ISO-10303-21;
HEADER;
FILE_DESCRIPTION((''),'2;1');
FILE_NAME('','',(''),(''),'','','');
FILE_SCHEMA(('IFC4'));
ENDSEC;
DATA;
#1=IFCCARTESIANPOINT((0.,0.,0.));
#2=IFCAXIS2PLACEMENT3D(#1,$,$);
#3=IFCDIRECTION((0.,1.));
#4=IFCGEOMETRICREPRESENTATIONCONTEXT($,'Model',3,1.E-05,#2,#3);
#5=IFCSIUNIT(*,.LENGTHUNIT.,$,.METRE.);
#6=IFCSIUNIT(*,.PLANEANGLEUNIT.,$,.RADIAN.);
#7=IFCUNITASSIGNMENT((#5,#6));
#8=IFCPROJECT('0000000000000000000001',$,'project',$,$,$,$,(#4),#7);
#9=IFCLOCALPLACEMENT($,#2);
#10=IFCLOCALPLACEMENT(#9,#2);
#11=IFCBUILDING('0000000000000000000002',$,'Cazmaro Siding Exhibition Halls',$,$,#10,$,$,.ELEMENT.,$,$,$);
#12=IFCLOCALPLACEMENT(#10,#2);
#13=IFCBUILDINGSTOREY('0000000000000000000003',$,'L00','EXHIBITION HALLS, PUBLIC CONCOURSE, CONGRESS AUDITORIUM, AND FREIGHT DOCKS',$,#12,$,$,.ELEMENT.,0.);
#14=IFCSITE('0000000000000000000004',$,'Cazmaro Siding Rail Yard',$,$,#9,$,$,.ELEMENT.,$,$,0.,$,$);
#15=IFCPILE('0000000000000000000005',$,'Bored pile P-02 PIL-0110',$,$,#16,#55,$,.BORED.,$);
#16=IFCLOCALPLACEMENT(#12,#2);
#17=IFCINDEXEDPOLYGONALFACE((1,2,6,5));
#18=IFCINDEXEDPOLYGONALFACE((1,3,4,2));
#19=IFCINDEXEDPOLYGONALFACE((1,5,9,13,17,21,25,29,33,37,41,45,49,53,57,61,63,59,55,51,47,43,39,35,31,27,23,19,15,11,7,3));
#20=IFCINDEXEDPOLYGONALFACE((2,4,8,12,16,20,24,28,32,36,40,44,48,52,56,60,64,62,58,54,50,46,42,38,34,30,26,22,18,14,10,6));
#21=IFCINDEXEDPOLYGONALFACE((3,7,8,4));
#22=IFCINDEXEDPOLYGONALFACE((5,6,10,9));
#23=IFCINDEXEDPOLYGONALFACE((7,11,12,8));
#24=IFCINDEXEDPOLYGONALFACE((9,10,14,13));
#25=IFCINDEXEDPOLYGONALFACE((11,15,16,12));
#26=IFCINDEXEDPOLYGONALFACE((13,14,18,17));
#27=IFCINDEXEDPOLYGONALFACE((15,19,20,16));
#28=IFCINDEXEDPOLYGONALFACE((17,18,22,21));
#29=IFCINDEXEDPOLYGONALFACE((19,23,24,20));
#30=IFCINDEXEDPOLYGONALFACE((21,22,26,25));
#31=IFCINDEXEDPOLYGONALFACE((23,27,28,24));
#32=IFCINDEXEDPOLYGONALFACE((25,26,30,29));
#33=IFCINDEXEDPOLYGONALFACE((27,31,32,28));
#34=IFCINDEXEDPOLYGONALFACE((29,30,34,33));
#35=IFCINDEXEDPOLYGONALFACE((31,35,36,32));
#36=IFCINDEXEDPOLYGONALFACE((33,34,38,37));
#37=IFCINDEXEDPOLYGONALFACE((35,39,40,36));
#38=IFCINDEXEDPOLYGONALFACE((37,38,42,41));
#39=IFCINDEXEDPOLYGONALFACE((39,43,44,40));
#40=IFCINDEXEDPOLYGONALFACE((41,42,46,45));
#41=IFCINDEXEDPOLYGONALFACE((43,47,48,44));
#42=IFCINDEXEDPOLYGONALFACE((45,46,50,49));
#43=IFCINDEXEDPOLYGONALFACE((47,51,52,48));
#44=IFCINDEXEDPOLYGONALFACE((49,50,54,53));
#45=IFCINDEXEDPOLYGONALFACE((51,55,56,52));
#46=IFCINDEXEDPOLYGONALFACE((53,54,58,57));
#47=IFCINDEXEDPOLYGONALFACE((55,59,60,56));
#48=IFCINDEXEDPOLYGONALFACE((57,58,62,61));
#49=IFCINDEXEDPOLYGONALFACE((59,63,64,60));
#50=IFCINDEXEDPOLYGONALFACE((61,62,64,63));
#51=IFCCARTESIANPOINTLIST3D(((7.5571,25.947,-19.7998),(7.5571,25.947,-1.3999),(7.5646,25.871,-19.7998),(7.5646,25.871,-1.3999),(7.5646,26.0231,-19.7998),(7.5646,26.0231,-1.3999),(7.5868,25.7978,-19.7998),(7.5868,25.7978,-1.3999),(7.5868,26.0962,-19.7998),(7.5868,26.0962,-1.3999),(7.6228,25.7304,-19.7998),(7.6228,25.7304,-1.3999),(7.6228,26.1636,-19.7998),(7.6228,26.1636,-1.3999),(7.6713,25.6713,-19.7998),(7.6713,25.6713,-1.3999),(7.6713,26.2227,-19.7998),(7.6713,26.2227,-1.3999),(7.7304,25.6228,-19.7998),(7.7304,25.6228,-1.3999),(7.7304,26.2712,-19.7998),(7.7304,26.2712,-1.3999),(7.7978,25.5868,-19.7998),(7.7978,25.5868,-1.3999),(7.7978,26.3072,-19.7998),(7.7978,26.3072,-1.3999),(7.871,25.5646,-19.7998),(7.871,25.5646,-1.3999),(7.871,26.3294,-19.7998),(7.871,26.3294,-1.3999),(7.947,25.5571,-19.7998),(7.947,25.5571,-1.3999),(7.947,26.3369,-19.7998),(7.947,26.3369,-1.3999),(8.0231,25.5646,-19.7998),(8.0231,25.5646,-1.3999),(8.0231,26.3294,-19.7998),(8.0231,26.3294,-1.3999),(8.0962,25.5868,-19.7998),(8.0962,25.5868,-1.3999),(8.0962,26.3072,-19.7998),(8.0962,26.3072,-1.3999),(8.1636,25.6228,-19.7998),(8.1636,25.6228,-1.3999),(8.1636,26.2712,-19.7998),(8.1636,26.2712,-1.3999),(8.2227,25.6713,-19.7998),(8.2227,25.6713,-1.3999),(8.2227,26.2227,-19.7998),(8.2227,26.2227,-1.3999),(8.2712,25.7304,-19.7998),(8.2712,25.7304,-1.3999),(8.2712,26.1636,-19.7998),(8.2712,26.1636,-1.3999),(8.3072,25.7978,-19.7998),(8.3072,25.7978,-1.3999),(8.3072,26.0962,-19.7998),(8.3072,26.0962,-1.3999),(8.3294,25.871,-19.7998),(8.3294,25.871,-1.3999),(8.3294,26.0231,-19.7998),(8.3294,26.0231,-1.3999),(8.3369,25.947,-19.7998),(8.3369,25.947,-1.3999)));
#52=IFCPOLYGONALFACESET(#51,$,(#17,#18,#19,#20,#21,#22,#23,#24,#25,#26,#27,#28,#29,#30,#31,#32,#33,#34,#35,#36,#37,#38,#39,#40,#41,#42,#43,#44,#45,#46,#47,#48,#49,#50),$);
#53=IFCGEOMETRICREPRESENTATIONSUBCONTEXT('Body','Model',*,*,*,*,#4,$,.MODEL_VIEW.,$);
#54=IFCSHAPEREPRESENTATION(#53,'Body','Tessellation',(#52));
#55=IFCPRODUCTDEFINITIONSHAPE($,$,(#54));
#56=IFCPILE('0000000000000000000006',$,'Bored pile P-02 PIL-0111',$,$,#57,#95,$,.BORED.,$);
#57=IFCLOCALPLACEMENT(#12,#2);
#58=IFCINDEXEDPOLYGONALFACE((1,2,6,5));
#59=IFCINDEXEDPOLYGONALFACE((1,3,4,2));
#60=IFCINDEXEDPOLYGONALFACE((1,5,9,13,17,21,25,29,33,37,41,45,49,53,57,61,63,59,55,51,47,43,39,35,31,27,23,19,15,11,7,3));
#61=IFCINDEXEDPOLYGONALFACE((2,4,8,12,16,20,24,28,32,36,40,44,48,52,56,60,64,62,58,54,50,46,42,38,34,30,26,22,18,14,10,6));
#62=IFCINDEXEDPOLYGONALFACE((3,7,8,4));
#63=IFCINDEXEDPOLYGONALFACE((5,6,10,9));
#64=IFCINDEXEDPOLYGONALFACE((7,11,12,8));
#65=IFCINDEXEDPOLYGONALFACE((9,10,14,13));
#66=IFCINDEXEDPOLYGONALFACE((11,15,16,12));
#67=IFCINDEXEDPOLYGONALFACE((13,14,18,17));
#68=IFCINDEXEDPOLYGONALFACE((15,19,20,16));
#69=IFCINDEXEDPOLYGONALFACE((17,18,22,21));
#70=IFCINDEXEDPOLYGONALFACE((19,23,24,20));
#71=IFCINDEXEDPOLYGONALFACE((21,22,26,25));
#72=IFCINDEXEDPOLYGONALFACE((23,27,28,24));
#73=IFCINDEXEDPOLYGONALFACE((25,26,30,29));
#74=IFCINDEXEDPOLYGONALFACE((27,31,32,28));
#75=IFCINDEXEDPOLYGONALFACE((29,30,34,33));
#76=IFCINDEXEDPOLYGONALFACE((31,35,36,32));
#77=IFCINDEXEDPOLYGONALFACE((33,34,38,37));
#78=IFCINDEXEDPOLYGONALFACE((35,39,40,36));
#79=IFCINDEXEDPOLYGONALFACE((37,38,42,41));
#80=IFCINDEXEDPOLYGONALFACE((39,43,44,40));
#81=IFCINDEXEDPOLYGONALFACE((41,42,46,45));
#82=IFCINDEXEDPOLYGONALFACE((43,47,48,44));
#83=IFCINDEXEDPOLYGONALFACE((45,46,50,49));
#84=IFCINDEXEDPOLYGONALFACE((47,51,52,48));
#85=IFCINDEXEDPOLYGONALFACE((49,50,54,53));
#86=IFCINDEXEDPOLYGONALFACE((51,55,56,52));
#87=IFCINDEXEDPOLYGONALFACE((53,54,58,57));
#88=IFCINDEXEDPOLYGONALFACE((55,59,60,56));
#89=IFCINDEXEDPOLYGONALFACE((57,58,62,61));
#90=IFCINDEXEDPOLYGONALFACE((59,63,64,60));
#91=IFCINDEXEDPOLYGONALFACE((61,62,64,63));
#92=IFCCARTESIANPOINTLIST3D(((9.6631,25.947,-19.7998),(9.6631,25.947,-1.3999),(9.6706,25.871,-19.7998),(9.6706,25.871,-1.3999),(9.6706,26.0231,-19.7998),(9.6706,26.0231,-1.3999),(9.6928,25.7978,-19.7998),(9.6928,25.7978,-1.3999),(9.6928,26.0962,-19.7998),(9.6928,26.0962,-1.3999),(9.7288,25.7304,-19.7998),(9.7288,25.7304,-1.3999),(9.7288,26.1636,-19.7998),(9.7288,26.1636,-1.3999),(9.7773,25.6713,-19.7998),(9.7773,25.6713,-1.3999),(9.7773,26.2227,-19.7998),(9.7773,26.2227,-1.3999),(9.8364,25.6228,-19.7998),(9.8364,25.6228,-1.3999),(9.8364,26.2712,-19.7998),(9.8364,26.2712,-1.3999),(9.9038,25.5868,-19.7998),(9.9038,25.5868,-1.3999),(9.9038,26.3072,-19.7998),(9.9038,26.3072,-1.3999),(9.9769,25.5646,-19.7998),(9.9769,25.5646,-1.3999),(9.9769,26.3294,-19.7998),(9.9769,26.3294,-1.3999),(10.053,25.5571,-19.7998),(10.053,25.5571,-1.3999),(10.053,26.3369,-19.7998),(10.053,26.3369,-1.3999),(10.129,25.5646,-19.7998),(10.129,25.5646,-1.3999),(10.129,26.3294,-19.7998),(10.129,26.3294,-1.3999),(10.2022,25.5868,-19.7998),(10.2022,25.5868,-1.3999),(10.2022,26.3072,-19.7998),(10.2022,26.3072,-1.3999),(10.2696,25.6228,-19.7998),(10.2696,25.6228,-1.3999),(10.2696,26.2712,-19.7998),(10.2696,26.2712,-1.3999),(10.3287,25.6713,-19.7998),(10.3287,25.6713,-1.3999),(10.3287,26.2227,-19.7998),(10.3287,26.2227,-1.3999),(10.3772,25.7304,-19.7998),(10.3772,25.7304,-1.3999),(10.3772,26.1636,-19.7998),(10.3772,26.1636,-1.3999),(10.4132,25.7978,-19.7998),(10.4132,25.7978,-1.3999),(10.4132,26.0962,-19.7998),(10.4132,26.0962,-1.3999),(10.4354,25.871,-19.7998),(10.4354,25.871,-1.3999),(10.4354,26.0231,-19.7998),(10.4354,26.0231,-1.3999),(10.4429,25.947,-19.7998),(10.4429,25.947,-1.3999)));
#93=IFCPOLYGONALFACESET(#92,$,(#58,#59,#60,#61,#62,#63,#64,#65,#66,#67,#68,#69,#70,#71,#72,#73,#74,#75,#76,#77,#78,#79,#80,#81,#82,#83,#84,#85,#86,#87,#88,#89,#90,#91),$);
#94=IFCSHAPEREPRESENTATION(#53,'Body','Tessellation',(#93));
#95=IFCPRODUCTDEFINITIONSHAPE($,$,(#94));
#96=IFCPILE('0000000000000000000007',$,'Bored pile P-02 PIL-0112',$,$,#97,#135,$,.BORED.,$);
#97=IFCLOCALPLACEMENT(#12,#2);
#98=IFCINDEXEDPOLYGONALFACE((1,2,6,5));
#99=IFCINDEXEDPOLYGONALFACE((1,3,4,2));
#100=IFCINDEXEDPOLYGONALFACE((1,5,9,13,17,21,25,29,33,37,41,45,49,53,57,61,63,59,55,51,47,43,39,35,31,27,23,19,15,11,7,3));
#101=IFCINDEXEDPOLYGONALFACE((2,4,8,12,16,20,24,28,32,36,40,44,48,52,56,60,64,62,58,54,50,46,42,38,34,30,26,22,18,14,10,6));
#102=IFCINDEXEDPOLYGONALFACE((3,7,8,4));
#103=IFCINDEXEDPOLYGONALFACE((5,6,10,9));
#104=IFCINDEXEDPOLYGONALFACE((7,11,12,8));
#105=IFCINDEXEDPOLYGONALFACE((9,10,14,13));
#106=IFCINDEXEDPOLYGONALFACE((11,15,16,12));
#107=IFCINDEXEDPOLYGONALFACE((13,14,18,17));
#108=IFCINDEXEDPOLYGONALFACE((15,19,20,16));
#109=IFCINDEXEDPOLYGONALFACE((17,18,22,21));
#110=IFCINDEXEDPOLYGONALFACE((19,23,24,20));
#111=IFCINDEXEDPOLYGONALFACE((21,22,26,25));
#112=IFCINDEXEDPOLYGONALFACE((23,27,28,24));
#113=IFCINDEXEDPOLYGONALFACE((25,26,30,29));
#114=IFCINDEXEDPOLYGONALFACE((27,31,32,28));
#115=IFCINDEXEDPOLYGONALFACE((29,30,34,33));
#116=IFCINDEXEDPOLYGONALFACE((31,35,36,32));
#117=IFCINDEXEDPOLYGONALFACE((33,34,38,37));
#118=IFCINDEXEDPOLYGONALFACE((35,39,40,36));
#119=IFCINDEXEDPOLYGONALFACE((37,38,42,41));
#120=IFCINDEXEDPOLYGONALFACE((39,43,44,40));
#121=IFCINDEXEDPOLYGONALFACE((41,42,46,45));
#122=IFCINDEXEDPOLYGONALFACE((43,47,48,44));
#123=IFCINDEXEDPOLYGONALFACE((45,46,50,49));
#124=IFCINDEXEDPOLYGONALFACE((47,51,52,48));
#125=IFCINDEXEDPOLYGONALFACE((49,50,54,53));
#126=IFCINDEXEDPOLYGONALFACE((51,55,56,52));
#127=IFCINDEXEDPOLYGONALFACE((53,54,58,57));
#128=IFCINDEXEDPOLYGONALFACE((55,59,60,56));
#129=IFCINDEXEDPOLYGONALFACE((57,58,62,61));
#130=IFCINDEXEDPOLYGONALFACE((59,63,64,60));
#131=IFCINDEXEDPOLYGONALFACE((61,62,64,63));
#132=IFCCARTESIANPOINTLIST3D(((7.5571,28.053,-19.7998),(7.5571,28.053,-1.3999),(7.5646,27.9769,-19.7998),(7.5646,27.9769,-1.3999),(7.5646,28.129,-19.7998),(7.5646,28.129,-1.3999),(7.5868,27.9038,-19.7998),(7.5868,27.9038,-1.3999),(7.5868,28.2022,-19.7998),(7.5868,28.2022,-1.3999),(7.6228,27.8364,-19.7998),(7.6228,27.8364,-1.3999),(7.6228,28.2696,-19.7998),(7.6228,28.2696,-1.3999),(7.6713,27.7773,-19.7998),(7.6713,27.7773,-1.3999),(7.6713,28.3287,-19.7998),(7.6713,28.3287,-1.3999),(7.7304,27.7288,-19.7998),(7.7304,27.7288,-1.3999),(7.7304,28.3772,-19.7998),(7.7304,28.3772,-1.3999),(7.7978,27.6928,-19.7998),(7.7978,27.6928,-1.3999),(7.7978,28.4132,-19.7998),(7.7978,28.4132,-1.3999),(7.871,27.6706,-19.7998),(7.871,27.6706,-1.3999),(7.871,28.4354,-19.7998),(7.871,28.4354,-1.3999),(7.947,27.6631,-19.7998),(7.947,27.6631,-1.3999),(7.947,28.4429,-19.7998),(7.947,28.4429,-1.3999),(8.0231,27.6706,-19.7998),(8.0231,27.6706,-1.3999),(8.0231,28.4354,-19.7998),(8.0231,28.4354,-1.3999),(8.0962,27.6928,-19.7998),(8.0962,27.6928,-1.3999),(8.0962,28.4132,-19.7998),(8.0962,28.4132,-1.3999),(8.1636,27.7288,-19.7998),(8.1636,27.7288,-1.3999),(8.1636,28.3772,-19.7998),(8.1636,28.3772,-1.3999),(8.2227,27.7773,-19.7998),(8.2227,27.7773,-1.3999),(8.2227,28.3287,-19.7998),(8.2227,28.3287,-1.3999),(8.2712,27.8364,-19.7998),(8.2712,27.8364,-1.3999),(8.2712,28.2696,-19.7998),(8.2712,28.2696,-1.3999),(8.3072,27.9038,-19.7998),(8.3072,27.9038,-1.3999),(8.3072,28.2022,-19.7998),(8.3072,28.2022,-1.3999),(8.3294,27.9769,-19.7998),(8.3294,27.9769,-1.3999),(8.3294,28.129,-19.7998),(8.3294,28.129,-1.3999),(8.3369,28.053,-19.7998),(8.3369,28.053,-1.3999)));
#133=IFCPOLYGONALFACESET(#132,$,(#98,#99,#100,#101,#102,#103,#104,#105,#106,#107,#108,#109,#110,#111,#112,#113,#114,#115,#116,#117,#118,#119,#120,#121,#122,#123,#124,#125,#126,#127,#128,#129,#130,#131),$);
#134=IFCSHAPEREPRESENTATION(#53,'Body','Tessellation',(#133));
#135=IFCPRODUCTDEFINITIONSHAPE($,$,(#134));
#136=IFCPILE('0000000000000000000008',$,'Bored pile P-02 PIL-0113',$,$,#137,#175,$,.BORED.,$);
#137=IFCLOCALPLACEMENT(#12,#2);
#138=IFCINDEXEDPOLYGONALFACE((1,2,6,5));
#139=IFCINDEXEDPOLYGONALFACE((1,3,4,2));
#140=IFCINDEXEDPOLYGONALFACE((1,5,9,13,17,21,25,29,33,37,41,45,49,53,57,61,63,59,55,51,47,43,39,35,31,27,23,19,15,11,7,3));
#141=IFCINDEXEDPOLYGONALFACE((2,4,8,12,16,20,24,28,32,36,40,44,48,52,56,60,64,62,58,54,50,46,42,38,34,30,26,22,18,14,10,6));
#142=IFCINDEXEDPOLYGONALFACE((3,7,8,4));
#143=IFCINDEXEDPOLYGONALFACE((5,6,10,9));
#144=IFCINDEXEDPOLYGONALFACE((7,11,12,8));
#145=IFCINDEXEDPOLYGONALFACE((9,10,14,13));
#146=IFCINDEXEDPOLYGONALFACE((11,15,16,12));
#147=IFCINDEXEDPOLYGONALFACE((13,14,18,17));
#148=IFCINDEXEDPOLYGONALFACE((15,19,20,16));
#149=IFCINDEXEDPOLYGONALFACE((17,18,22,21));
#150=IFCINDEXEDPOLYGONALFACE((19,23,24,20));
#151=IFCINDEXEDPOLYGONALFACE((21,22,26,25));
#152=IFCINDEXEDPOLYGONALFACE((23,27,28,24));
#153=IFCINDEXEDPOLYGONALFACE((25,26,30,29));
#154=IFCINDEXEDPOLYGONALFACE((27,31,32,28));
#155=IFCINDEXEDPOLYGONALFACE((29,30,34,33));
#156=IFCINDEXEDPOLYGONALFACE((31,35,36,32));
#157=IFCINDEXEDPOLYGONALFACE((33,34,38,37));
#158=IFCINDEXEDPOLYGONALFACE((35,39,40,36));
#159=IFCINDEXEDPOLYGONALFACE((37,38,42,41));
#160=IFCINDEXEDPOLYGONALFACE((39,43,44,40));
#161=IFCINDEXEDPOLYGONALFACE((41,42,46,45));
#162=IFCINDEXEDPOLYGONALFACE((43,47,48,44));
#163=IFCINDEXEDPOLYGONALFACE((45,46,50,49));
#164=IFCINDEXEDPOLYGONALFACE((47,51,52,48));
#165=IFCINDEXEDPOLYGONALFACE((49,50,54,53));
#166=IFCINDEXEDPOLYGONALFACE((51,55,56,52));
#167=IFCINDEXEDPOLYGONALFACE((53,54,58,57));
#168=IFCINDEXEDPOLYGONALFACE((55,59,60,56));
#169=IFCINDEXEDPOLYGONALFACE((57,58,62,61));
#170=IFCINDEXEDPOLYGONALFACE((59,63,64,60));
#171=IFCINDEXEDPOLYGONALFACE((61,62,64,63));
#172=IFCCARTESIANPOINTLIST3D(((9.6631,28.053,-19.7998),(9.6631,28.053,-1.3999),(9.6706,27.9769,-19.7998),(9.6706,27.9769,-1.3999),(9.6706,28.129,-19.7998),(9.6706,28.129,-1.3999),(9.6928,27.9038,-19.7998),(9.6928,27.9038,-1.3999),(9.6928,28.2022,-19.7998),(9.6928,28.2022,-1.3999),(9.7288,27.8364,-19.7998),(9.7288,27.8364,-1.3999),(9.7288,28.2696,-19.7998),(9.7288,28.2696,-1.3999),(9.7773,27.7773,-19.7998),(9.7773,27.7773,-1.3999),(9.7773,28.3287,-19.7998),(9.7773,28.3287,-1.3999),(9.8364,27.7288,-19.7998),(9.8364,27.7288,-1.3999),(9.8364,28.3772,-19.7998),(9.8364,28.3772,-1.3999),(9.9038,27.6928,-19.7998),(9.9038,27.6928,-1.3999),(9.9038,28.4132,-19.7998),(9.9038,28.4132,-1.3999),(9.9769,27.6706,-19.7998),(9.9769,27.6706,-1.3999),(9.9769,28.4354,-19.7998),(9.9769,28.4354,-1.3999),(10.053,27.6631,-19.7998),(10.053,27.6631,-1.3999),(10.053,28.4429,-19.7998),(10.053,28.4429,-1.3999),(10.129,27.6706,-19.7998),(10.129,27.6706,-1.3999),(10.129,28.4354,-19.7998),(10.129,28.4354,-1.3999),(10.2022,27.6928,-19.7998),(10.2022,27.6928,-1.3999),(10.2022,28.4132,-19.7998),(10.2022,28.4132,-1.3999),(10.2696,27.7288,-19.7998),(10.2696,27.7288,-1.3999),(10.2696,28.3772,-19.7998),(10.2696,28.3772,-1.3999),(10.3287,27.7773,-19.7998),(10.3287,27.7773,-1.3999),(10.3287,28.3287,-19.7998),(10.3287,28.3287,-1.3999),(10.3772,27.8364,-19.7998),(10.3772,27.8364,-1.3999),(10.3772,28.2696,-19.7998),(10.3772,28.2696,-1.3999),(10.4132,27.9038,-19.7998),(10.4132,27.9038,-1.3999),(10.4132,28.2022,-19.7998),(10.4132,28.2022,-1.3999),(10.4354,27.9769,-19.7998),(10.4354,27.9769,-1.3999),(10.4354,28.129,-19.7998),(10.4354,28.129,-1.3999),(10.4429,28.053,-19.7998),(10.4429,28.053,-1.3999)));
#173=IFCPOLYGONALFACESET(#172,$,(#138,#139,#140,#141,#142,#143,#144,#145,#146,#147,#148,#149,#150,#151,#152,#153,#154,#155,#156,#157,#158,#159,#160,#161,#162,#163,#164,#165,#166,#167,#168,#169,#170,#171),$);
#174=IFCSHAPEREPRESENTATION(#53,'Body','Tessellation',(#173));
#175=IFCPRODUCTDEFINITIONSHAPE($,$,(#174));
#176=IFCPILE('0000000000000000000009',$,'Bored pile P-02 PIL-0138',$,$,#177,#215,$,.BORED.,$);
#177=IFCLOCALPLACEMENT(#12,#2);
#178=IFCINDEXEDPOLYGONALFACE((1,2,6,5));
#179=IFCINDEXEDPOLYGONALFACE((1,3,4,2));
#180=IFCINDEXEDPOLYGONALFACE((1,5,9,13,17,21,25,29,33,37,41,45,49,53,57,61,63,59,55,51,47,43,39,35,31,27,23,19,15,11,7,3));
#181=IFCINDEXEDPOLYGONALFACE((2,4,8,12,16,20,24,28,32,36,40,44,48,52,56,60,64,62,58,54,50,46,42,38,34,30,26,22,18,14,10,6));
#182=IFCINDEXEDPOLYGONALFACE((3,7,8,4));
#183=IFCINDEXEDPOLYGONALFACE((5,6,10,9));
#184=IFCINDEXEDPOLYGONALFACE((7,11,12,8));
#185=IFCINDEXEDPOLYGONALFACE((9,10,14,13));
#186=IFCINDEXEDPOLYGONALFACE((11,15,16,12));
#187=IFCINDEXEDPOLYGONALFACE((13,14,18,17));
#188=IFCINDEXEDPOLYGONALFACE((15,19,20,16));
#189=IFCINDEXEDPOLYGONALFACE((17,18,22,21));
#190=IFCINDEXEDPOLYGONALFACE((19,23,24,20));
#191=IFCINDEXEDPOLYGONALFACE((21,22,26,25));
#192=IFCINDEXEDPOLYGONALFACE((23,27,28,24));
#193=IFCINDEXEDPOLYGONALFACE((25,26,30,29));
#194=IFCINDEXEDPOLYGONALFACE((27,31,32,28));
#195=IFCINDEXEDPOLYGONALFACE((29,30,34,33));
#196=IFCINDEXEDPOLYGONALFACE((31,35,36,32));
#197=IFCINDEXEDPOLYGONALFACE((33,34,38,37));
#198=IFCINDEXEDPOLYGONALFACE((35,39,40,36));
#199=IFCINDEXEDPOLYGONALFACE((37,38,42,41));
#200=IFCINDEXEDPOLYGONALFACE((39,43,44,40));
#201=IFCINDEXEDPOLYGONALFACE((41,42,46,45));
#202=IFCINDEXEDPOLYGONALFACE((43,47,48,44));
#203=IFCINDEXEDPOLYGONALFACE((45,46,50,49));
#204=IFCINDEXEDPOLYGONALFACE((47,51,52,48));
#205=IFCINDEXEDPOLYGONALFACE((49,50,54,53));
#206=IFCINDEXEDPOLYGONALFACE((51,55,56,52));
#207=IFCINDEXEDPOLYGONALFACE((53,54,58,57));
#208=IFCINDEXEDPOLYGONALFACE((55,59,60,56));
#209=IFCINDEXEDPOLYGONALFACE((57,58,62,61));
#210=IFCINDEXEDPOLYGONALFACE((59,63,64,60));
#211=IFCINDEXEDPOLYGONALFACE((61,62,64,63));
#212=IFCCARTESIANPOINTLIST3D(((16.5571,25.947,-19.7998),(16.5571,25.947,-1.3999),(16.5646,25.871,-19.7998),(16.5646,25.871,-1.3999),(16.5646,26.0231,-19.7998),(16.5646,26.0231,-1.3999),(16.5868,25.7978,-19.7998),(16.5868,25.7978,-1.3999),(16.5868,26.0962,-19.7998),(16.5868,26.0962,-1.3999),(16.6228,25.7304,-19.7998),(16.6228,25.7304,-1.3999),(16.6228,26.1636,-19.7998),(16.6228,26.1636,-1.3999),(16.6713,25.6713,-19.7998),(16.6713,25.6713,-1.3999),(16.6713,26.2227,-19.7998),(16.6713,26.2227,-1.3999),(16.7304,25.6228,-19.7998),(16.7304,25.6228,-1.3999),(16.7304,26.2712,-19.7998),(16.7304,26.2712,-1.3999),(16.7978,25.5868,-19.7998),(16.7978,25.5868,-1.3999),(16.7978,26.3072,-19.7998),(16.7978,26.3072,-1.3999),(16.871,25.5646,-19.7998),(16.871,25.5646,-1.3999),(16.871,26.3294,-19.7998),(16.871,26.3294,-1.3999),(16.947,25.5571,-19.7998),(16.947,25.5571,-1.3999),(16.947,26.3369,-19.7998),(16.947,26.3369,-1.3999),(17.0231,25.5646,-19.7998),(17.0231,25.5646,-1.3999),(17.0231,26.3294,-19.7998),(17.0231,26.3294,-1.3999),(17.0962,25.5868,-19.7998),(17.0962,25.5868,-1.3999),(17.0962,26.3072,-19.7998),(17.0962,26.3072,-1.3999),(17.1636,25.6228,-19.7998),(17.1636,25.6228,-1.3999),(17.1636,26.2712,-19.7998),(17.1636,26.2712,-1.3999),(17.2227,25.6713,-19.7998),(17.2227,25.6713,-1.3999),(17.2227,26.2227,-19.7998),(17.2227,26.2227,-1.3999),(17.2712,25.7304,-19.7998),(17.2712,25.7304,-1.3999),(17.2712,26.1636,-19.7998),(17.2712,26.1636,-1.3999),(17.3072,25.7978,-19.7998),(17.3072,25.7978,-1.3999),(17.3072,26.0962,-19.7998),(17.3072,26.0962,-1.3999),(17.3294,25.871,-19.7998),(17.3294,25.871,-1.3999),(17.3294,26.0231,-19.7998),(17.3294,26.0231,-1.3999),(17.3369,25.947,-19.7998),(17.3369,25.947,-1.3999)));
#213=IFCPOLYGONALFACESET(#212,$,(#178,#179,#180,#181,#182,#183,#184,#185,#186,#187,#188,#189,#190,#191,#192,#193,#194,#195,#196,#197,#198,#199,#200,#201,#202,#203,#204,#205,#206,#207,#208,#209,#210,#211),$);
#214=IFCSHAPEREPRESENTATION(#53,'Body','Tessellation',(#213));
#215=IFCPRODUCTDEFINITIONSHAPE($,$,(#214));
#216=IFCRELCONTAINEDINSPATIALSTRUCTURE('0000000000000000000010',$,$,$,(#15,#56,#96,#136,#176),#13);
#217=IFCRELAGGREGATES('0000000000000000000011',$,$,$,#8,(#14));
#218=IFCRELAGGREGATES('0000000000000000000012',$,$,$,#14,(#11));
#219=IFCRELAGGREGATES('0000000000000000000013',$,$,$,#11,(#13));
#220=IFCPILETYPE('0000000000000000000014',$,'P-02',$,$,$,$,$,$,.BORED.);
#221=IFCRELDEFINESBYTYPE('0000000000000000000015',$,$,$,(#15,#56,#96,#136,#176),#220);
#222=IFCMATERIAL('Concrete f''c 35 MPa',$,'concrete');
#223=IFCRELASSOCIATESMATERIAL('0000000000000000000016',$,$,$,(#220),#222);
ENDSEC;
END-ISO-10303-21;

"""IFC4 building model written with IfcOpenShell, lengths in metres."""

from ifc_helpers import new_model, si_unit, direction, frame, origin, origin_2d, place, context, subcontext, project, spatial, circle, extrude, material, material_profile, profile_set, type_object, element, save


model = new_model("IFC4")

# Units and contexts
model_context = context("Model", 3, precision=1e-05, world=origin(), true_north=direction((0.0, 1.0)))
body_context = subcontext(model_context, "Body", "Model", "MODEL_VIEW")
ifc_project = project(units=[si_unit("LENGTHUNIT", "METRE"), si_unit("PLANEANGLEUNIT", "RADIAN")], contexts=[model_context])

# Site, building, storey
site_placement = place(None, origin())
site = spatial("IfcSite", under=ifc_project, at=site_placement, Name="Cazmaro Siding Rail Yard", CompositionType="ELEMENT", RefElevation=0.0)
building_placement = place(site_placement, origin())
building = spatial("IfcBuilding", under=site, at=building_placement, Name="Cazmaro Siding Exhibition Halls", CompositionType="ELEMENT")
storey_placement = place(building_placement, origin())
storey = spatial("IfcBuildingStorey", under=building, at=storey_placement, Name="L00", Description="EXHIBITION HALLS, PUBLIC CONCOURSE, CONGRESS AUDITORIUM, AND FREIGHT DOCKS", CompositionType="ELEMENT", Elevation=0.0)

# Piles
ifc_material_1 = material(Name="Concrete f'c 35 MPa", Category="concrete")
ifc_material_profile_1 = material_profile(ifc_material_1, circle(Radius=0.3899, at=origin_2d()), Name="CIDH-780")
ifc_profile_set_1 = profile_set([ifc_material_profile_1], Name="Concrete f'c 35 MPa")
pile_type_1 = type_object("IfcPileType", Name="P-02", PredefinedType="BORED", material=ifc_profile_set_1)
for number, where, z_axis, x_axis, name in (
    (1, (7.947, 25.947, -1.3999), (0.0, 0.0, -1.0), (1.0, 0.0, 0.0), "Bored pile P-02 PIL-0110"),
    (2, (10.053, 25.947, -1.3999), (0.0, 0.0, -1.0), (1.0, 0.0, 0.0), "Bored pile P-02 PIL-0111"),
    (3, (7.947, 28.053, -1.3999), (0.0, 0.0, -1.0), (1.0, 0.0, 0.0), "Bored pile P-02 PIL-0112"),
    (4, (10.053, 28.053, -1.3999), (0.0, 0.0, -1.0), (1.0, 0.0, 0.0), "Bored pile P-02 PIL-0113"),
    (5, (16.947, 25.947, -1.3999), (0.0, 0.0, -1.0), (1.0, 0.0, 0.0), "Bored pile P-02 PIL-0138"),
):
    element("IfcPile", number, at=place(storey_placement, frame(where, z_axis=z_axis, x_axis=x_axis)), inside=storey, type_object=pile_type_1, Name=name, PredefinedType="BORED", context=body_context, shape_type="SweptSolid", body=[
        extrude(circle(Radius=0.3899, at=origin_2d()), origin(), (0.0, 0.0, 1.0), 18.3999),
    ])

save(model, "model.ifc")
